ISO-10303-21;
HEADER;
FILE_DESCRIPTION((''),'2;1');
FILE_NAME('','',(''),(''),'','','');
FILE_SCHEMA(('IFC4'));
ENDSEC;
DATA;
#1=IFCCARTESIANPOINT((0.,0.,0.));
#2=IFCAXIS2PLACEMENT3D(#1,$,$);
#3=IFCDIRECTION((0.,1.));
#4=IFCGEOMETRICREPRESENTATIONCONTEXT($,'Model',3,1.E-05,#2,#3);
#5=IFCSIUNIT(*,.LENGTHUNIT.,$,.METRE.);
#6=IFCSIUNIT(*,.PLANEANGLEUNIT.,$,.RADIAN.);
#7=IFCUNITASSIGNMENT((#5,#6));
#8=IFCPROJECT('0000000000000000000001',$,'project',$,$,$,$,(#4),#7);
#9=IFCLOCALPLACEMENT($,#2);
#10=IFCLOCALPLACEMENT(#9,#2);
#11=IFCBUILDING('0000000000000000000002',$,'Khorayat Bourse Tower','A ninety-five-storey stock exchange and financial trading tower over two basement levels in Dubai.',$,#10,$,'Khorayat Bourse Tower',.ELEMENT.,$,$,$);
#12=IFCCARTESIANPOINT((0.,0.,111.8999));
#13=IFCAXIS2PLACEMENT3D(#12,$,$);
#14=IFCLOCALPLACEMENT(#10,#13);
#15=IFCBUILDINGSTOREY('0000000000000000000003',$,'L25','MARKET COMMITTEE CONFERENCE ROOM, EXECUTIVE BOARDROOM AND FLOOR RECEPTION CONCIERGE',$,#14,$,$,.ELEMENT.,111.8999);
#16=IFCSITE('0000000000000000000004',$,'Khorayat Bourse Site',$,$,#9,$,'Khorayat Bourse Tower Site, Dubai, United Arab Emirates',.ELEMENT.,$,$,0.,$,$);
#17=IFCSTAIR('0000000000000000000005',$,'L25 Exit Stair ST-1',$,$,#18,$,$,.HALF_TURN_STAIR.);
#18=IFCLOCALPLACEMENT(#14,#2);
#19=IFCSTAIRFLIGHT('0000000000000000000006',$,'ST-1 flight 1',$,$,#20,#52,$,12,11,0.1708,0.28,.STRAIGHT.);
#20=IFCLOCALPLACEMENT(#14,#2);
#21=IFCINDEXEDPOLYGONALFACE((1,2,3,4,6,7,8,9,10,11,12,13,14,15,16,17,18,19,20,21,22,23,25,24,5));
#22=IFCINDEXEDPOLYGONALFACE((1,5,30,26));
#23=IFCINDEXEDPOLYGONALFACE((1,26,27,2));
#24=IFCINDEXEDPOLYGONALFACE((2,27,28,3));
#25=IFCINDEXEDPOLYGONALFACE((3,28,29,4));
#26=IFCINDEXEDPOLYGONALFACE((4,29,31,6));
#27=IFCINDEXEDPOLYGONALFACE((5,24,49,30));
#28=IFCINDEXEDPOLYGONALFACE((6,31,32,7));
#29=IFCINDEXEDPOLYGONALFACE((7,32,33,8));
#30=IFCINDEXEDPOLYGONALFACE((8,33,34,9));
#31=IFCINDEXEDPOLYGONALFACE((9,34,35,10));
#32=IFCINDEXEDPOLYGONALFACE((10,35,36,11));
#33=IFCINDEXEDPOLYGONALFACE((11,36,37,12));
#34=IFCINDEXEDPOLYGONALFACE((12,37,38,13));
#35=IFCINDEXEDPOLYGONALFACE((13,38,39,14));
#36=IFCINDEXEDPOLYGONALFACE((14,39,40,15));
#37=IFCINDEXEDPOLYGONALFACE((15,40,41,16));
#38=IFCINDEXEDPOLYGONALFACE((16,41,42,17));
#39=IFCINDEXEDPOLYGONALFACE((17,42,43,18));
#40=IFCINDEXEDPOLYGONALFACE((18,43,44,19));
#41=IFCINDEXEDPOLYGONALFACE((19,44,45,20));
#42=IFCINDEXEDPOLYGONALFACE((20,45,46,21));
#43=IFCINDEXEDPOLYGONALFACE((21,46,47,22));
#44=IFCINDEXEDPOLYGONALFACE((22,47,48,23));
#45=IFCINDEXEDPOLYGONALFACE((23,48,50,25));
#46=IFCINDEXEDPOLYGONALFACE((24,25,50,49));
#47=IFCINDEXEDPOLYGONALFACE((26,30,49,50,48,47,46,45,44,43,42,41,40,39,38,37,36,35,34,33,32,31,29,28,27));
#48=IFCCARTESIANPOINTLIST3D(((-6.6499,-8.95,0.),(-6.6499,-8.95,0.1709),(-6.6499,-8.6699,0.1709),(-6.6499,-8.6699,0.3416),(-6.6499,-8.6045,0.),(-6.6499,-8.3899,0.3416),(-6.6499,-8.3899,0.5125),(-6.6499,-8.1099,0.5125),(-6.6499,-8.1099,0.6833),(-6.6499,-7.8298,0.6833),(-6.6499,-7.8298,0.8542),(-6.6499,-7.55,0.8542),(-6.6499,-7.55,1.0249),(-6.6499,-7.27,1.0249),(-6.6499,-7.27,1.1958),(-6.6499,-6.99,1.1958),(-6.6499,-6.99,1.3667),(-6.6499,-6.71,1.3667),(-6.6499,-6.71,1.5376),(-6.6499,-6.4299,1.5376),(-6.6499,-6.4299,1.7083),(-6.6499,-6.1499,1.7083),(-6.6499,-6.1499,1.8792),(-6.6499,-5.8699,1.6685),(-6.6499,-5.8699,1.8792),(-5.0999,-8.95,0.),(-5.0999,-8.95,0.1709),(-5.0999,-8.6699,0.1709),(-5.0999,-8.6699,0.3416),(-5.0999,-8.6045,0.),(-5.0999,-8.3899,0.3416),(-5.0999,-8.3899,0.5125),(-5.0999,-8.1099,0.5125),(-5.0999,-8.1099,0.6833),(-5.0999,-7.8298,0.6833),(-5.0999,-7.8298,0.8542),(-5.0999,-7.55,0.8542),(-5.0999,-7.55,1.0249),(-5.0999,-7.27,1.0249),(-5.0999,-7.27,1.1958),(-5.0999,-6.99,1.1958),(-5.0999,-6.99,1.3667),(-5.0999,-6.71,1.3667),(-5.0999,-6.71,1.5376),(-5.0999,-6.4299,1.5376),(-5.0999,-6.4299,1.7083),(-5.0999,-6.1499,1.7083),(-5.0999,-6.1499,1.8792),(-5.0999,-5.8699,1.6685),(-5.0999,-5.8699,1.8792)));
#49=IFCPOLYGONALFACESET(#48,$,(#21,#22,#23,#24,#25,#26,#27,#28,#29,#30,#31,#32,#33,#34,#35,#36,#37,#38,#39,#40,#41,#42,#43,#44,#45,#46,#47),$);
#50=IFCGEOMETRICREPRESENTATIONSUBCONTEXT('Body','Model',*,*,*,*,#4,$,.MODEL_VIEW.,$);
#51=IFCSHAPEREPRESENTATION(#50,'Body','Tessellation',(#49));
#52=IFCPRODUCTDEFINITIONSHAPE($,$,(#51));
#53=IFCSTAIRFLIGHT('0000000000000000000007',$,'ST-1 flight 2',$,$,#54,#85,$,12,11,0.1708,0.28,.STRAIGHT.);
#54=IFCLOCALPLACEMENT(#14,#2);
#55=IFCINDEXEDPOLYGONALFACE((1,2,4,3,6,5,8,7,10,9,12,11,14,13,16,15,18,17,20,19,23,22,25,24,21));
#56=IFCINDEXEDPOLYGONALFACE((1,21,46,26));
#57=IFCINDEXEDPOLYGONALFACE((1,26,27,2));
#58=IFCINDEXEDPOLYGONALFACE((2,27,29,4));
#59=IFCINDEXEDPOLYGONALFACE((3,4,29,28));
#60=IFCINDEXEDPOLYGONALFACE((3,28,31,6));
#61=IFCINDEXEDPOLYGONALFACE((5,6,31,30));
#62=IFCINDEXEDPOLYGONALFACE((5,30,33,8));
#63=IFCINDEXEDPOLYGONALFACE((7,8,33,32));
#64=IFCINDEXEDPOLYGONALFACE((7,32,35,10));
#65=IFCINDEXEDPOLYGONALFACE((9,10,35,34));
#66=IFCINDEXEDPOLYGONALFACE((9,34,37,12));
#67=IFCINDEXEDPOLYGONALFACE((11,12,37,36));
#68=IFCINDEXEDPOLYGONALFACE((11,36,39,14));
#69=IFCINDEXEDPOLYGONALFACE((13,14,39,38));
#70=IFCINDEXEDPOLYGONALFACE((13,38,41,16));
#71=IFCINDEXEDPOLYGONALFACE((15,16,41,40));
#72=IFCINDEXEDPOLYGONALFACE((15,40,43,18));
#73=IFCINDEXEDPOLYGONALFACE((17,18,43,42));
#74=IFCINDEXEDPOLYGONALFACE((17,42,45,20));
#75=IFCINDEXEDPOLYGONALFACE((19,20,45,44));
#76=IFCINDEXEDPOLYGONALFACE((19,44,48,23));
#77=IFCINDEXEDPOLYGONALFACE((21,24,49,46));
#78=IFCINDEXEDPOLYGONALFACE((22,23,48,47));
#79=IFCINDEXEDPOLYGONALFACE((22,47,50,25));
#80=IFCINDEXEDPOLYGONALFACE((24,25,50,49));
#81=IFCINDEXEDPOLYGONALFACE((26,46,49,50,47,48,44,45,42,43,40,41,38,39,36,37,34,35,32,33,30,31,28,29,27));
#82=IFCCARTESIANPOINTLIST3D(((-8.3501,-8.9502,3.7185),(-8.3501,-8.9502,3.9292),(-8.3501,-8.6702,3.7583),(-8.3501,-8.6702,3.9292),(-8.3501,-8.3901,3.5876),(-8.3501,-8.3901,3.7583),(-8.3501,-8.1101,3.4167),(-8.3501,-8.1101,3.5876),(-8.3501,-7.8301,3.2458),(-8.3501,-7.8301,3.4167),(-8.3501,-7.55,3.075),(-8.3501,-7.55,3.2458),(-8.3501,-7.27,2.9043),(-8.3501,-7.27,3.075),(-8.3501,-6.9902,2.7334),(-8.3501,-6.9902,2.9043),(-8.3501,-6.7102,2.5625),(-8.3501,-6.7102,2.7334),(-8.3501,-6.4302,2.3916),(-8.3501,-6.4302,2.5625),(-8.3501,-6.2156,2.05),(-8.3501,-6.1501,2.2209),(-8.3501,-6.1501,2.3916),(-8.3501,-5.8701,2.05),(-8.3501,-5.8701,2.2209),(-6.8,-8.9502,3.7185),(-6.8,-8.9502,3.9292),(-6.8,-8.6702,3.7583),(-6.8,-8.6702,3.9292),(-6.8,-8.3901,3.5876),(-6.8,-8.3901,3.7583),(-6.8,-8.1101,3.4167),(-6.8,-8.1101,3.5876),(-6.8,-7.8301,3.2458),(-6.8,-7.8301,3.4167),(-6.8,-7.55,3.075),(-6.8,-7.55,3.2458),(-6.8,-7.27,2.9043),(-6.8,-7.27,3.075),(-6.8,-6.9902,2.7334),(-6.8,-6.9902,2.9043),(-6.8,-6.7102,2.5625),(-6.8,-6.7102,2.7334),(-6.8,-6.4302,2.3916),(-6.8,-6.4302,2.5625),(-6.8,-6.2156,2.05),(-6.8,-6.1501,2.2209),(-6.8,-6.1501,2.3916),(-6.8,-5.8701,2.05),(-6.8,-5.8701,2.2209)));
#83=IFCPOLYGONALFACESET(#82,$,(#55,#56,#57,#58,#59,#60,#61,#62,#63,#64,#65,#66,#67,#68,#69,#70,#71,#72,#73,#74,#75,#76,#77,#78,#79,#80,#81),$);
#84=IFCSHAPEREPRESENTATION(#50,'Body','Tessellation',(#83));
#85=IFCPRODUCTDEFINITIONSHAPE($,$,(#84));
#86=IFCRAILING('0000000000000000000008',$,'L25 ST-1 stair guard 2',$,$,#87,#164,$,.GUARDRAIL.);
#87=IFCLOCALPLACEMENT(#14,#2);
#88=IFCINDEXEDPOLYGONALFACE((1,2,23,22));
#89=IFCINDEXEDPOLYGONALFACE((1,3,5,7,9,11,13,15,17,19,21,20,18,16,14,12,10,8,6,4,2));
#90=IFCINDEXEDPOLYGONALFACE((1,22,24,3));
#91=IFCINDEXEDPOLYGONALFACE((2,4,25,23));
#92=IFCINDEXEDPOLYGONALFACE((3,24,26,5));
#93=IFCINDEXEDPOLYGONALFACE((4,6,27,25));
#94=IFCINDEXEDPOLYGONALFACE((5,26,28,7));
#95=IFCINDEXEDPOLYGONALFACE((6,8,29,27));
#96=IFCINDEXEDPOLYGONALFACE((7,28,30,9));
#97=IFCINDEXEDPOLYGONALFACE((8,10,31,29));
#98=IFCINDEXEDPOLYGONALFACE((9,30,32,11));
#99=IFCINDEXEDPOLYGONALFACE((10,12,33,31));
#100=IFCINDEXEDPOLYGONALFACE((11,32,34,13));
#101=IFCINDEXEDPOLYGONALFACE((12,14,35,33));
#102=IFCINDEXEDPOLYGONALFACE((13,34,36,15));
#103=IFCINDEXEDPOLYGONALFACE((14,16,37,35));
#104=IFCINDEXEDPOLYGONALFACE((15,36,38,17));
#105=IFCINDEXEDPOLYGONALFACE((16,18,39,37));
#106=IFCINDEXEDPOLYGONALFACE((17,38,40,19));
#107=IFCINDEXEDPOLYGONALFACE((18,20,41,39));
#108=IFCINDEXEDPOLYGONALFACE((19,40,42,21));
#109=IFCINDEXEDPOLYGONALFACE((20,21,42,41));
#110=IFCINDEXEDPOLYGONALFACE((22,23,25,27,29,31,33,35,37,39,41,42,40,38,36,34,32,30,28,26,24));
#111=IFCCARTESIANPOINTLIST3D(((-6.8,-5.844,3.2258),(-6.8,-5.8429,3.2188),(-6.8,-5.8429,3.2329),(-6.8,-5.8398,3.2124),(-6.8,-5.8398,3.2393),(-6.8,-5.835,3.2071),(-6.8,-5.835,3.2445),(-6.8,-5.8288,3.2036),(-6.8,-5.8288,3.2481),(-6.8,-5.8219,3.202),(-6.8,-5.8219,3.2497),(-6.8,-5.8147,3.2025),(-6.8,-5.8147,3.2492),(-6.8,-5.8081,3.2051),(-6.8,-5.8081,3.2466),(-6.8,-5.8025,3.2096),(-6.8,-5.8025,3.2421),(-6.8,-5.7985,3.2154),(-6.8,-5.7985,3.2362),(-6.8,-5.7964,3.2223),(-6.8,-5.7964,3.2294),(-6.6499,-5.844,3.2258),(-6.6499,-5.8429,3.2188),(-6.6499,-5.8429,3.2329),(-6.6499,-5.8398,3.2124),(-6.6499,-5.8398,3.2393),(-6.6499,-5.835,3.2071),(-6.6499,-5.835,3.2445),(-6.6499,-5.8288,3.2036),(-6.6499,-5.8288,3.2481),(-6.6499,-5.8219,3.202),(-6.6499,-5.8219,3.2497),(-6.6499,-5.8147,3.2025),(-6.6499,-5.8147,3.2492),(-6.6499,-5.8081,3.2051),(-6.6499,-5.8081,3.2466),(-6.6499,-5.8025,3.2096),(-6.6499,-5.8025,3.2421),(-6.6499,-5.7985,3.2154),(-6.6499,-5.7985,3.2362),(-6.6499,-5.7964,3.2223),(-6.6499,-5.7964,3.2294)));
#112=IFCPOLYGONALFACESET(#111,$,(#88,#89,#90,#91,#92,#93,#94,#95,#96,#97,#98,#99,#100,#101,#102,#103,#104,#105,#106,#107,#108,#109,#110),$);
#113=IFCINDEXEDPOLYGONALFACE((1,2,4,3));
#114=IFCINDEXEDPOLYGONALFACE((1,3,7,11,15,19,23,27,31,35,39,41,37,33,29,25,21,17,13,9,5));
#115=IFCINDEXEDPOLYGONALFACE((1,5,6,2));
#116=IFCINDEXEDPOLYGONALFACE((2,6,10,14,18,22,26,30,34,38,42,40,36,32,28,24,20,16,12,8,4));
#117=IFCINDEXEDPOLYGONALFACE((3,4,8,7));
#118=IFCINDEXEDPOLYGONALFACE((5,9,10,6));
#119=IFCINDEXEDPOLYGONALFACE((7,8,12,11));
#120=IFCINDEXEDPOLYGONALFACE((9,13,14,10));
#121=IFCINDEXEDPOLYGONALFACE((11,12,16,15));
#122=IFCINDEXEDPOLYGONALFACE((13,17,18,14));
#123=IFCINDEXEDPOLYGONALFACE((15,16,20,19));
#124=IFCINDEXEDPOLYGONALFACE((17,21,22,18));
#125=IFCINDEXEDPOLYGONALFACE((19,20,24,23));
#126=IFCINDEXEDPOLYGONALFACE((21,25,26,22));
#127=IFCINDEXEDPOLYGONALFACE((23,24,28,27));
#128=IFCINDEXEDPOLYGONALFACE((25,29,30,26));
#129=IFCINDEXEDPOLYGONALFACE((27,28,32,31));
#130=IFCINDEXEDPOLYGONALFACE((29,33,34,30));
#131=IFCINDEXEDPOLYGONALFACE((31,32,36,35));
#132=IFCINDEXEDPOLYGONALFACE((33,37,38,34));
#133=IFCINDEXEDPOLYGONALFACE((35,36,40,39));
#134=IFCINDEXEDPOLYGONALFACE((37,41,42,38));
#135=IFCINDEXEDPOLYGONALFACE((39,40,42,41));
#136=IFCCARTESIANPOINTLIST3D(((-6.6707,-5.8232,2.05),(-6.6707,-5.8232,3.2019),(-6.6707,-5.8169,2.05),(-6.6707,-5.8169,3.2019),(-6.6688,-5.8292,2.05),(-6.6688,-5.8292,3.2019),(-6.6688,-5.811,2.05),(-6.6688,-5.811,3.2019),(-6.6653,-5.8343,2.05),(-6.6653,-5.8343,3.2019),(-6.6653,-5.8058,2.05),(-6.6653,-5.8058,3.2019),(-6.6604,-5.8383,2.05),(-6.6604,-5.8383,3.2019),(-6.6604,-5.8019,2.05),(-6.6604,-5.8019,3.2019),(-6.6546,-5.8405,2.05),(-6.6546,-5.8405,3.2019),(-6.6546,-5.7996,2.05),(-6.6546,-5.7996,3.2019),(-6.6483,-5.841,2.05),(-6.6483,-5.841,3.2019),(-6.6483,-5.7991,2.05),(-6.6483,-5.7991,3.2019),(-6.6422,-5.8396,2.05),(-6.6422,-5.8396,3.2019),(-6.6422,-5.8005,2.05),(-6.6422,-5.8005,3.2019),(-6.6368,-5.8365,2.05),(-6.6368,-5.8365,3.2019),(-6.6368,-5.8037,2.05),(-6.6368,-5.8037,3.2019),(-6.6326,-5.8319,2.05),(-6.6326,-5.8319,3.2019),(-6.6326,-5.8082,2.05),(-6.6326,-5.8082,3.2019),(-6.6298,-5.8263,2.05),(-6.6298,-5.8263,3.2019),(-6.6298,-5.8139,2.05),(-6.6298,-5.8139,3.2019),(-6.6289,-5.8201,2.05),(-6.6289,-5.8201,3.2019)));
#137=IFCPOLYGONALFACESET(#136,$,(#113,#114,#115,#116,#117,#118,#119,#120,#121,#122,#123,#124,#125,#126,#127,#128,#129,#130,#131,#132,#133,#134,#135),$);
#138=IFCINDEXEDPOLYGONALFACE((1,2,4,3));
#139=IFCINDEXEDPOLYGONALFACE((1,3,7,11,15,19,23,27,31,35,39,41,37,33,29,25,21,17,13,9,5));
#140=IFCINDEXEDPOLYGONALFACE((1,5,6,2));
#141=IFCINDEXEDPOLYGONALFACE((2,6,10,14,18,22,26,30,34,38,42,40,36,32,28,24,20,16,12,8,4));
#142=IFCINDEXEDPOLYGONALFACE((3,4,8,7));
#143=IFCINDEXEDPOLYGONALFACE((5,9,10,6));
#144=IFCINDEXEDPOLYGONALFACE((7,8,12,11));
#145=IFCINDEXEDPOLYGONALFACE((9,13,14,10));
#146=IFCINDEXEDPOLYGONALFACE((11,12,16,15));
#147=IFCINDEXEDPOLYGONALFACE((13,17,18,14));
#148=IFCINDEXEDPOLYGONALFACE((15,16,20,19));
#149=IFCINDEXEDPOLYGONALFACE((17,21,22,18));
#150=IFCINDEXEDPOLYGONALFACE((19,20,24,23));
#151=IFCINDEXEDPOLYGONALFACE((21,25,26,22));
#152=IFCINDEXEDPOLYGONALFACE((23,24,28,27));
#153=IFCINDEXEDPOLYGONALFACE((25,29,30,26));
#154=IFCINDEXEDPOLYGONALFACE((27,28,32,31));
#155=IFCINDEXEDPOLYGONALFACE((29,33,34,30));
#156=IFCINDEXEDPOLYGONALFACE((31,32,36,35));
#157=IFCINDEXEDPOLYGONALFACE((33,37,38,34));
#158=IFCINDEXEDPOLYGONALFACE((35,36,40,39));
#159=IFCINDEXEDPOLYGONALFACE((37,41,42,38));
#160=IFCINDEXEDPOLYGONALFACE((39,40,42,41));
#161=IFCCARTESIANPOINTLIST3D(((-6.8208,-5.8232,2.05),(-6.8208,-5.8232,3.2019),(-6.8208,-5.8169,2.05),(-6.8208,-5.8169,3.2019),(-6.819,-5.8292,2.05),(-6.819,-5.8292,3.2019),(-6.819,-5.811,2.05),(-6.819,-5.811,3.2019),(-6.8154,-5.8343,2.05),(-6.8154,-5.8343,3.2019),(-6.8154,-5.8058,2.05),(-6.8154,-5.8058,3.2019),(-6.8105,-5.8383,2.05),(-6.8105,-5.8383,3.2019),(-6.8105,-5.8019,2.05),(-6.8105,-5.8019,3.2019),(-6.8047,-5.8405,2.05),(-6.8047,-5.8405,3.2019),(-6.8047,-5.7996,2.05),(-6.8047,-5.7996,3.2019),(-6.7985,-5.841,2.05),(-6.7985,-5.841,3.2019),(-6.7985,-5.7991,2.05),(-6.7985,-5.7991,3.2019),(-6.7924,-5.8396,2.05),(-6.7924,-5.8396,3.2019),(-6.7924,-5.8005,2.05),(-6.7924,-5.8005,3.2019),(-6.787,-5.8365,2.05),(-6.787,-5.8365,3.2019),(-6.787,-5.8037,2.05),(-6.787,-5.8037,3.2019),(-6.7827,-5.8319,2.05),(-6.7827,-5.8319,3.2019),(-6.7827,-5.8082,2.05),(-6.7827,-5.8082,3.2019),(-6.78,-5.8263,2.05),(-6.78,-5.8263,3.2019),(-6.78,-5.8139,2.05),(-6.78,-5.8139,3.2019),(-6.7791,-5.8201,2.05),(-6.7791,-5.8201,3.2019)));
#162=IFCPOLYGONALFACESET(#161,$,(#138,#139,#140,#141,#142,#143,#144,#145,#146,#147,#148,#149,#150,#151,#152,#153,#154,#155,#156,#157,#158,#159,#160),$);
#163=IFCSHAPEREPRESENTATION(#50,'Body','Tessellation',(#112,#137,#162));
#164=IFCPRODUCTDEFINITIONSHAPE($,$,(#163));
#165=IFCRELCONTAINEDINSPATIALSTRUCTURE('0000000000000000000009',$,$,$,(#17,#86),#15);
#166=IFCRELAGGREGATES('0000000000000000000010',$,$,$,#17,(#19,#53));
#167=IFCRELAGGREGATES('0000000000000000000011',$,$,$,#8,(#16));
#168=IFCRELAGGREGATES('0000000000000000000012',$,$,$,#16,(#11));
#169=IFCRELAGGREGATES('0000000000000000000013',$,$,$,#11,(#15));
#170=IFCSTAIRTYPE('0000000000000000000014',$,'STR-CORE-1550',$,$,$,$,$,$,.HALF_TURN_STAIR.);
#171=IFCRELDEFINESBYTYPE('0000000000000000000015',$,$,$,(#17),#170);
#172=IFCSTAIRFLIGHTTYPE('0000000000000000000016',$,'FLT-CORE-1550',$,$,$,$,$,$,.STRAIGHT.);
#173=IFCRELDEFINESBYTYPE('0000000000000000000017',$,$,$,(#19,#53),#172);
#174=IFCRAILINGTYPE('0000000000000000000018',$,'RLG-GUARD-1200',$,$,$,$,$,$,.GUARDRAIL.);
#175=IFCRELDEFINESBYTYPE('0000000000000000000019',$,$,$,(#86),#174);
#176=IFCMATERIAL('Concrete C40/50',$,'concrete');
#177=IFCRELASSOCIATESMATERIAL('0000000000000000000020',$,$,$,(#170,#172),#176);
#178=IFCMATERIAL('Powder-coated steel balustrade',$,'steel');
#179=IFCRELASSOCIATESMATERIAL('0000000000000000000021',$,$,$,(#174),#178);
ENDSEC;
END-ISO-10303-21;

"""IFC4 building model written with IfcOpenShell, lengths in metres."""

from ifc_helpers import new_model, si_unit, direction, frame, origin, origin_2d, place, context, subcontext, project, spatial, polyline, circle, outline, extrude, source, transform, mapped, material, type_object, element, aggregate, save


model = new_model("IFC4")

# Units and contexts
model_context = context("Model", 3, precision=1e-05, world=origin(), true_north=direction((0.0, 1.0)))
body_context = subcontext(model_context, "Body", "Model", "MODEL_VIEW")
ifc_project = project(units=[si_unit("LENGTHUNIT", "METRE"), si_unit("PLANEANGLEUNIT", "RADIAN")], contexts=[model_context])

# Site, building, storey
site_placement = place(None, origin())
site = spatial("IfcSite", under=ifc_project, at=site_placement, Name="Khorayat Bourse Site", LongName="Khorayat Bourse Tower Site, Dubai, United Arab Emirates", CompositionType="ELEMENT", RefElevation=0.0)
building_placement = place(site_placement, origin())
building = spatial("IfcBuilding", under=site, at=building_placement, Name="Khorayat Bourse Tower", Description="A ninety-five-storey stock exchange and financial trading tower over two basement levels in Dubai.", LongName="Khorayat Bourse Tower", CompositionType="ELEMENT")
storey_placement = place(building_placement, frame((0.0, 0.0, 111.8999)))
storey = spatial("IfcBuildingStorey", under=building, at=storey_placement, Name="L25", Description="MARKET COMMITTEE CONFERENCE ROOM, EXECUTIVE BOARDROOM AND FLOOR RECEPTION CONCIERGE", CompositionType="ELEMENT", Elevation=111.8999)

# Stair, stair flights
ifc_material_1 = material(Name="Concrete C40/50", Category="concrete")
stair_type = type_object("IfcStairType", Name="STR-CORE-1550", PredefinedType="HALF_TURN_STAIR", material=ifc_material_1)
stair_placement = place(storey_placement, origin())
stair = element("IfcStair", 1, at=stair_placement, inside=storey, type_object=stair_type, Name="L25 Exit Stair ST-1", PredefinedType="HALF_TURN_STAIR")
stair_flight_type = type_object("IfcStairFlightType", Name="FLT-CORE-1550", PredefinedType="STRAIGHT", material=ifc_material_1)
shared_shape_1 = source(origin(), body_context, "Body", "SweptSolid", [
    extrude(outline(polyline([(0.0, 0.0), (0.0, 0.1709), (0.28, 0.1709), (0.28, 0.3416), (0.5601, 0.3416), (0.5601, 0.5125), (0.8401, 0.5125), (0.8401, 0.6833), (1.1201, 0.6833), (1.1201, 0.8542), (1.3999, 0.8542), (1.3999, 1.0249), (1.6799, 1.0249), (1.6799, 1.1958), (1.96, 1.1958), (1.96, 1.3667), (2.24, 1.3667), (2.24, 1.5376), (2.52, 1.5376), (2.52, 1.7083), (2.8, 1.7083), (2.8, 1.8792), (3.0801, 1.8792), (3.0801, 2.05), (3.0801, 1.6685), (0.3455, 0.0), (0.0, 0.0)])), frame((0.0, 0.7749, 0.0), z_axis=(0.0, -1.0, 0.0), x_axis=(1.0, 0.0, 0.0)), (0.0, 0.0, 1.0), 1.55),
])
stair_flight_1_placement = place(storey_placement, frame((-5.875, -8.95, 0.0), z_axis=(0.0, 0.0, 1.0), x_axis=(0.0, 1.0, 0.0)))
stair_flight_1 = element("IfcStairFlight", 2, at=stair_flight_1_placement, type_object=stair_flight_type, Name="ST-1 flight 1", NumberOfRisers=12, NumberOfTreads=11, PredefinedType="STRAIGHT", RiserHeight=0.1708, TreadLength=0.28, context=body_context, shape_type="MappedRepresentation", body=[
    mapped(shared_shape_1, transform((0.0, 0.0, 0.0), scale=1.0)),
])
stair_flight_2_placement = place(storey_placement, frame((-7.575, -5.8701, 2.05), z_axis=(0.0, 0.0, 1.0), x_axis=(0.0, -1.0, 0.0)))
stair_flight_2 = element("IfcStairFlight", 3, at=stair_flight_2_placement, type_object=stair_flight_type, Name="ST-1 flight 2", NumberOfRisers=12, NumberOfTreads=11, PredefinedType="STRAIGHT", RiserHeight=0.1708, TreadLength=0.28, context=body_context, shape_type="MappedRepresentation", body=[
    mapped(shared_shape_1, transform((0.0, 0.0, 0.0), scale=1.0)),
])
aggregate(stair, [stair_flight_1, stair_flight_2])

# Railing
ifc_material_2 = material(Name="Powder-coated steel balustrade", Category="steel")
railing_type_1 = type_object("IfcRailingType", Name="RLG-GUARD-1200", PredefinedType="GUARDRAIL", material=ifc_material_2)
shared_shape_2 = source(origin(), body_context, "Body", "SweptSolid", [
    extrude(circle(Radius=0.0239, at=origin_2d()), frame((0.0, 0.0, 1.1758), z_axis=(-1.0, 0.0, 0.0), x_axis=(0.0, -1.0, 0.0)), (0.0, 0.0, 1.0), 0.1501),
    extrude(circle(Radius=0.021, at=origin_2d()), origin(), (0.0, 0.0, 1.0), 1.1519),
    extrude(circle(Radius=0.021, at=origin_2d()), frame((-0.1501, 0.0, 0.0)), (0.0, 0.0, 1.0), 1.1519),
])
for number, where, name in (
    (4, (-6.6499, -5.8201, 2.05), "L25 ST-1 stair guard 2"),
):
    element("IfcRailing", number, at=place(storey_placement, frame(where)), inside=storey, type_object=railing_type_1, Name=name, PredefinedType="GUARDRAIL", context=body_context, shape_type="MappedRepresentation", body=[
        mapped(shared_shape_2, transform((0.0, 0.0, 0.0), scale=1.0)),
    ])

save(model, "model.ifc")
